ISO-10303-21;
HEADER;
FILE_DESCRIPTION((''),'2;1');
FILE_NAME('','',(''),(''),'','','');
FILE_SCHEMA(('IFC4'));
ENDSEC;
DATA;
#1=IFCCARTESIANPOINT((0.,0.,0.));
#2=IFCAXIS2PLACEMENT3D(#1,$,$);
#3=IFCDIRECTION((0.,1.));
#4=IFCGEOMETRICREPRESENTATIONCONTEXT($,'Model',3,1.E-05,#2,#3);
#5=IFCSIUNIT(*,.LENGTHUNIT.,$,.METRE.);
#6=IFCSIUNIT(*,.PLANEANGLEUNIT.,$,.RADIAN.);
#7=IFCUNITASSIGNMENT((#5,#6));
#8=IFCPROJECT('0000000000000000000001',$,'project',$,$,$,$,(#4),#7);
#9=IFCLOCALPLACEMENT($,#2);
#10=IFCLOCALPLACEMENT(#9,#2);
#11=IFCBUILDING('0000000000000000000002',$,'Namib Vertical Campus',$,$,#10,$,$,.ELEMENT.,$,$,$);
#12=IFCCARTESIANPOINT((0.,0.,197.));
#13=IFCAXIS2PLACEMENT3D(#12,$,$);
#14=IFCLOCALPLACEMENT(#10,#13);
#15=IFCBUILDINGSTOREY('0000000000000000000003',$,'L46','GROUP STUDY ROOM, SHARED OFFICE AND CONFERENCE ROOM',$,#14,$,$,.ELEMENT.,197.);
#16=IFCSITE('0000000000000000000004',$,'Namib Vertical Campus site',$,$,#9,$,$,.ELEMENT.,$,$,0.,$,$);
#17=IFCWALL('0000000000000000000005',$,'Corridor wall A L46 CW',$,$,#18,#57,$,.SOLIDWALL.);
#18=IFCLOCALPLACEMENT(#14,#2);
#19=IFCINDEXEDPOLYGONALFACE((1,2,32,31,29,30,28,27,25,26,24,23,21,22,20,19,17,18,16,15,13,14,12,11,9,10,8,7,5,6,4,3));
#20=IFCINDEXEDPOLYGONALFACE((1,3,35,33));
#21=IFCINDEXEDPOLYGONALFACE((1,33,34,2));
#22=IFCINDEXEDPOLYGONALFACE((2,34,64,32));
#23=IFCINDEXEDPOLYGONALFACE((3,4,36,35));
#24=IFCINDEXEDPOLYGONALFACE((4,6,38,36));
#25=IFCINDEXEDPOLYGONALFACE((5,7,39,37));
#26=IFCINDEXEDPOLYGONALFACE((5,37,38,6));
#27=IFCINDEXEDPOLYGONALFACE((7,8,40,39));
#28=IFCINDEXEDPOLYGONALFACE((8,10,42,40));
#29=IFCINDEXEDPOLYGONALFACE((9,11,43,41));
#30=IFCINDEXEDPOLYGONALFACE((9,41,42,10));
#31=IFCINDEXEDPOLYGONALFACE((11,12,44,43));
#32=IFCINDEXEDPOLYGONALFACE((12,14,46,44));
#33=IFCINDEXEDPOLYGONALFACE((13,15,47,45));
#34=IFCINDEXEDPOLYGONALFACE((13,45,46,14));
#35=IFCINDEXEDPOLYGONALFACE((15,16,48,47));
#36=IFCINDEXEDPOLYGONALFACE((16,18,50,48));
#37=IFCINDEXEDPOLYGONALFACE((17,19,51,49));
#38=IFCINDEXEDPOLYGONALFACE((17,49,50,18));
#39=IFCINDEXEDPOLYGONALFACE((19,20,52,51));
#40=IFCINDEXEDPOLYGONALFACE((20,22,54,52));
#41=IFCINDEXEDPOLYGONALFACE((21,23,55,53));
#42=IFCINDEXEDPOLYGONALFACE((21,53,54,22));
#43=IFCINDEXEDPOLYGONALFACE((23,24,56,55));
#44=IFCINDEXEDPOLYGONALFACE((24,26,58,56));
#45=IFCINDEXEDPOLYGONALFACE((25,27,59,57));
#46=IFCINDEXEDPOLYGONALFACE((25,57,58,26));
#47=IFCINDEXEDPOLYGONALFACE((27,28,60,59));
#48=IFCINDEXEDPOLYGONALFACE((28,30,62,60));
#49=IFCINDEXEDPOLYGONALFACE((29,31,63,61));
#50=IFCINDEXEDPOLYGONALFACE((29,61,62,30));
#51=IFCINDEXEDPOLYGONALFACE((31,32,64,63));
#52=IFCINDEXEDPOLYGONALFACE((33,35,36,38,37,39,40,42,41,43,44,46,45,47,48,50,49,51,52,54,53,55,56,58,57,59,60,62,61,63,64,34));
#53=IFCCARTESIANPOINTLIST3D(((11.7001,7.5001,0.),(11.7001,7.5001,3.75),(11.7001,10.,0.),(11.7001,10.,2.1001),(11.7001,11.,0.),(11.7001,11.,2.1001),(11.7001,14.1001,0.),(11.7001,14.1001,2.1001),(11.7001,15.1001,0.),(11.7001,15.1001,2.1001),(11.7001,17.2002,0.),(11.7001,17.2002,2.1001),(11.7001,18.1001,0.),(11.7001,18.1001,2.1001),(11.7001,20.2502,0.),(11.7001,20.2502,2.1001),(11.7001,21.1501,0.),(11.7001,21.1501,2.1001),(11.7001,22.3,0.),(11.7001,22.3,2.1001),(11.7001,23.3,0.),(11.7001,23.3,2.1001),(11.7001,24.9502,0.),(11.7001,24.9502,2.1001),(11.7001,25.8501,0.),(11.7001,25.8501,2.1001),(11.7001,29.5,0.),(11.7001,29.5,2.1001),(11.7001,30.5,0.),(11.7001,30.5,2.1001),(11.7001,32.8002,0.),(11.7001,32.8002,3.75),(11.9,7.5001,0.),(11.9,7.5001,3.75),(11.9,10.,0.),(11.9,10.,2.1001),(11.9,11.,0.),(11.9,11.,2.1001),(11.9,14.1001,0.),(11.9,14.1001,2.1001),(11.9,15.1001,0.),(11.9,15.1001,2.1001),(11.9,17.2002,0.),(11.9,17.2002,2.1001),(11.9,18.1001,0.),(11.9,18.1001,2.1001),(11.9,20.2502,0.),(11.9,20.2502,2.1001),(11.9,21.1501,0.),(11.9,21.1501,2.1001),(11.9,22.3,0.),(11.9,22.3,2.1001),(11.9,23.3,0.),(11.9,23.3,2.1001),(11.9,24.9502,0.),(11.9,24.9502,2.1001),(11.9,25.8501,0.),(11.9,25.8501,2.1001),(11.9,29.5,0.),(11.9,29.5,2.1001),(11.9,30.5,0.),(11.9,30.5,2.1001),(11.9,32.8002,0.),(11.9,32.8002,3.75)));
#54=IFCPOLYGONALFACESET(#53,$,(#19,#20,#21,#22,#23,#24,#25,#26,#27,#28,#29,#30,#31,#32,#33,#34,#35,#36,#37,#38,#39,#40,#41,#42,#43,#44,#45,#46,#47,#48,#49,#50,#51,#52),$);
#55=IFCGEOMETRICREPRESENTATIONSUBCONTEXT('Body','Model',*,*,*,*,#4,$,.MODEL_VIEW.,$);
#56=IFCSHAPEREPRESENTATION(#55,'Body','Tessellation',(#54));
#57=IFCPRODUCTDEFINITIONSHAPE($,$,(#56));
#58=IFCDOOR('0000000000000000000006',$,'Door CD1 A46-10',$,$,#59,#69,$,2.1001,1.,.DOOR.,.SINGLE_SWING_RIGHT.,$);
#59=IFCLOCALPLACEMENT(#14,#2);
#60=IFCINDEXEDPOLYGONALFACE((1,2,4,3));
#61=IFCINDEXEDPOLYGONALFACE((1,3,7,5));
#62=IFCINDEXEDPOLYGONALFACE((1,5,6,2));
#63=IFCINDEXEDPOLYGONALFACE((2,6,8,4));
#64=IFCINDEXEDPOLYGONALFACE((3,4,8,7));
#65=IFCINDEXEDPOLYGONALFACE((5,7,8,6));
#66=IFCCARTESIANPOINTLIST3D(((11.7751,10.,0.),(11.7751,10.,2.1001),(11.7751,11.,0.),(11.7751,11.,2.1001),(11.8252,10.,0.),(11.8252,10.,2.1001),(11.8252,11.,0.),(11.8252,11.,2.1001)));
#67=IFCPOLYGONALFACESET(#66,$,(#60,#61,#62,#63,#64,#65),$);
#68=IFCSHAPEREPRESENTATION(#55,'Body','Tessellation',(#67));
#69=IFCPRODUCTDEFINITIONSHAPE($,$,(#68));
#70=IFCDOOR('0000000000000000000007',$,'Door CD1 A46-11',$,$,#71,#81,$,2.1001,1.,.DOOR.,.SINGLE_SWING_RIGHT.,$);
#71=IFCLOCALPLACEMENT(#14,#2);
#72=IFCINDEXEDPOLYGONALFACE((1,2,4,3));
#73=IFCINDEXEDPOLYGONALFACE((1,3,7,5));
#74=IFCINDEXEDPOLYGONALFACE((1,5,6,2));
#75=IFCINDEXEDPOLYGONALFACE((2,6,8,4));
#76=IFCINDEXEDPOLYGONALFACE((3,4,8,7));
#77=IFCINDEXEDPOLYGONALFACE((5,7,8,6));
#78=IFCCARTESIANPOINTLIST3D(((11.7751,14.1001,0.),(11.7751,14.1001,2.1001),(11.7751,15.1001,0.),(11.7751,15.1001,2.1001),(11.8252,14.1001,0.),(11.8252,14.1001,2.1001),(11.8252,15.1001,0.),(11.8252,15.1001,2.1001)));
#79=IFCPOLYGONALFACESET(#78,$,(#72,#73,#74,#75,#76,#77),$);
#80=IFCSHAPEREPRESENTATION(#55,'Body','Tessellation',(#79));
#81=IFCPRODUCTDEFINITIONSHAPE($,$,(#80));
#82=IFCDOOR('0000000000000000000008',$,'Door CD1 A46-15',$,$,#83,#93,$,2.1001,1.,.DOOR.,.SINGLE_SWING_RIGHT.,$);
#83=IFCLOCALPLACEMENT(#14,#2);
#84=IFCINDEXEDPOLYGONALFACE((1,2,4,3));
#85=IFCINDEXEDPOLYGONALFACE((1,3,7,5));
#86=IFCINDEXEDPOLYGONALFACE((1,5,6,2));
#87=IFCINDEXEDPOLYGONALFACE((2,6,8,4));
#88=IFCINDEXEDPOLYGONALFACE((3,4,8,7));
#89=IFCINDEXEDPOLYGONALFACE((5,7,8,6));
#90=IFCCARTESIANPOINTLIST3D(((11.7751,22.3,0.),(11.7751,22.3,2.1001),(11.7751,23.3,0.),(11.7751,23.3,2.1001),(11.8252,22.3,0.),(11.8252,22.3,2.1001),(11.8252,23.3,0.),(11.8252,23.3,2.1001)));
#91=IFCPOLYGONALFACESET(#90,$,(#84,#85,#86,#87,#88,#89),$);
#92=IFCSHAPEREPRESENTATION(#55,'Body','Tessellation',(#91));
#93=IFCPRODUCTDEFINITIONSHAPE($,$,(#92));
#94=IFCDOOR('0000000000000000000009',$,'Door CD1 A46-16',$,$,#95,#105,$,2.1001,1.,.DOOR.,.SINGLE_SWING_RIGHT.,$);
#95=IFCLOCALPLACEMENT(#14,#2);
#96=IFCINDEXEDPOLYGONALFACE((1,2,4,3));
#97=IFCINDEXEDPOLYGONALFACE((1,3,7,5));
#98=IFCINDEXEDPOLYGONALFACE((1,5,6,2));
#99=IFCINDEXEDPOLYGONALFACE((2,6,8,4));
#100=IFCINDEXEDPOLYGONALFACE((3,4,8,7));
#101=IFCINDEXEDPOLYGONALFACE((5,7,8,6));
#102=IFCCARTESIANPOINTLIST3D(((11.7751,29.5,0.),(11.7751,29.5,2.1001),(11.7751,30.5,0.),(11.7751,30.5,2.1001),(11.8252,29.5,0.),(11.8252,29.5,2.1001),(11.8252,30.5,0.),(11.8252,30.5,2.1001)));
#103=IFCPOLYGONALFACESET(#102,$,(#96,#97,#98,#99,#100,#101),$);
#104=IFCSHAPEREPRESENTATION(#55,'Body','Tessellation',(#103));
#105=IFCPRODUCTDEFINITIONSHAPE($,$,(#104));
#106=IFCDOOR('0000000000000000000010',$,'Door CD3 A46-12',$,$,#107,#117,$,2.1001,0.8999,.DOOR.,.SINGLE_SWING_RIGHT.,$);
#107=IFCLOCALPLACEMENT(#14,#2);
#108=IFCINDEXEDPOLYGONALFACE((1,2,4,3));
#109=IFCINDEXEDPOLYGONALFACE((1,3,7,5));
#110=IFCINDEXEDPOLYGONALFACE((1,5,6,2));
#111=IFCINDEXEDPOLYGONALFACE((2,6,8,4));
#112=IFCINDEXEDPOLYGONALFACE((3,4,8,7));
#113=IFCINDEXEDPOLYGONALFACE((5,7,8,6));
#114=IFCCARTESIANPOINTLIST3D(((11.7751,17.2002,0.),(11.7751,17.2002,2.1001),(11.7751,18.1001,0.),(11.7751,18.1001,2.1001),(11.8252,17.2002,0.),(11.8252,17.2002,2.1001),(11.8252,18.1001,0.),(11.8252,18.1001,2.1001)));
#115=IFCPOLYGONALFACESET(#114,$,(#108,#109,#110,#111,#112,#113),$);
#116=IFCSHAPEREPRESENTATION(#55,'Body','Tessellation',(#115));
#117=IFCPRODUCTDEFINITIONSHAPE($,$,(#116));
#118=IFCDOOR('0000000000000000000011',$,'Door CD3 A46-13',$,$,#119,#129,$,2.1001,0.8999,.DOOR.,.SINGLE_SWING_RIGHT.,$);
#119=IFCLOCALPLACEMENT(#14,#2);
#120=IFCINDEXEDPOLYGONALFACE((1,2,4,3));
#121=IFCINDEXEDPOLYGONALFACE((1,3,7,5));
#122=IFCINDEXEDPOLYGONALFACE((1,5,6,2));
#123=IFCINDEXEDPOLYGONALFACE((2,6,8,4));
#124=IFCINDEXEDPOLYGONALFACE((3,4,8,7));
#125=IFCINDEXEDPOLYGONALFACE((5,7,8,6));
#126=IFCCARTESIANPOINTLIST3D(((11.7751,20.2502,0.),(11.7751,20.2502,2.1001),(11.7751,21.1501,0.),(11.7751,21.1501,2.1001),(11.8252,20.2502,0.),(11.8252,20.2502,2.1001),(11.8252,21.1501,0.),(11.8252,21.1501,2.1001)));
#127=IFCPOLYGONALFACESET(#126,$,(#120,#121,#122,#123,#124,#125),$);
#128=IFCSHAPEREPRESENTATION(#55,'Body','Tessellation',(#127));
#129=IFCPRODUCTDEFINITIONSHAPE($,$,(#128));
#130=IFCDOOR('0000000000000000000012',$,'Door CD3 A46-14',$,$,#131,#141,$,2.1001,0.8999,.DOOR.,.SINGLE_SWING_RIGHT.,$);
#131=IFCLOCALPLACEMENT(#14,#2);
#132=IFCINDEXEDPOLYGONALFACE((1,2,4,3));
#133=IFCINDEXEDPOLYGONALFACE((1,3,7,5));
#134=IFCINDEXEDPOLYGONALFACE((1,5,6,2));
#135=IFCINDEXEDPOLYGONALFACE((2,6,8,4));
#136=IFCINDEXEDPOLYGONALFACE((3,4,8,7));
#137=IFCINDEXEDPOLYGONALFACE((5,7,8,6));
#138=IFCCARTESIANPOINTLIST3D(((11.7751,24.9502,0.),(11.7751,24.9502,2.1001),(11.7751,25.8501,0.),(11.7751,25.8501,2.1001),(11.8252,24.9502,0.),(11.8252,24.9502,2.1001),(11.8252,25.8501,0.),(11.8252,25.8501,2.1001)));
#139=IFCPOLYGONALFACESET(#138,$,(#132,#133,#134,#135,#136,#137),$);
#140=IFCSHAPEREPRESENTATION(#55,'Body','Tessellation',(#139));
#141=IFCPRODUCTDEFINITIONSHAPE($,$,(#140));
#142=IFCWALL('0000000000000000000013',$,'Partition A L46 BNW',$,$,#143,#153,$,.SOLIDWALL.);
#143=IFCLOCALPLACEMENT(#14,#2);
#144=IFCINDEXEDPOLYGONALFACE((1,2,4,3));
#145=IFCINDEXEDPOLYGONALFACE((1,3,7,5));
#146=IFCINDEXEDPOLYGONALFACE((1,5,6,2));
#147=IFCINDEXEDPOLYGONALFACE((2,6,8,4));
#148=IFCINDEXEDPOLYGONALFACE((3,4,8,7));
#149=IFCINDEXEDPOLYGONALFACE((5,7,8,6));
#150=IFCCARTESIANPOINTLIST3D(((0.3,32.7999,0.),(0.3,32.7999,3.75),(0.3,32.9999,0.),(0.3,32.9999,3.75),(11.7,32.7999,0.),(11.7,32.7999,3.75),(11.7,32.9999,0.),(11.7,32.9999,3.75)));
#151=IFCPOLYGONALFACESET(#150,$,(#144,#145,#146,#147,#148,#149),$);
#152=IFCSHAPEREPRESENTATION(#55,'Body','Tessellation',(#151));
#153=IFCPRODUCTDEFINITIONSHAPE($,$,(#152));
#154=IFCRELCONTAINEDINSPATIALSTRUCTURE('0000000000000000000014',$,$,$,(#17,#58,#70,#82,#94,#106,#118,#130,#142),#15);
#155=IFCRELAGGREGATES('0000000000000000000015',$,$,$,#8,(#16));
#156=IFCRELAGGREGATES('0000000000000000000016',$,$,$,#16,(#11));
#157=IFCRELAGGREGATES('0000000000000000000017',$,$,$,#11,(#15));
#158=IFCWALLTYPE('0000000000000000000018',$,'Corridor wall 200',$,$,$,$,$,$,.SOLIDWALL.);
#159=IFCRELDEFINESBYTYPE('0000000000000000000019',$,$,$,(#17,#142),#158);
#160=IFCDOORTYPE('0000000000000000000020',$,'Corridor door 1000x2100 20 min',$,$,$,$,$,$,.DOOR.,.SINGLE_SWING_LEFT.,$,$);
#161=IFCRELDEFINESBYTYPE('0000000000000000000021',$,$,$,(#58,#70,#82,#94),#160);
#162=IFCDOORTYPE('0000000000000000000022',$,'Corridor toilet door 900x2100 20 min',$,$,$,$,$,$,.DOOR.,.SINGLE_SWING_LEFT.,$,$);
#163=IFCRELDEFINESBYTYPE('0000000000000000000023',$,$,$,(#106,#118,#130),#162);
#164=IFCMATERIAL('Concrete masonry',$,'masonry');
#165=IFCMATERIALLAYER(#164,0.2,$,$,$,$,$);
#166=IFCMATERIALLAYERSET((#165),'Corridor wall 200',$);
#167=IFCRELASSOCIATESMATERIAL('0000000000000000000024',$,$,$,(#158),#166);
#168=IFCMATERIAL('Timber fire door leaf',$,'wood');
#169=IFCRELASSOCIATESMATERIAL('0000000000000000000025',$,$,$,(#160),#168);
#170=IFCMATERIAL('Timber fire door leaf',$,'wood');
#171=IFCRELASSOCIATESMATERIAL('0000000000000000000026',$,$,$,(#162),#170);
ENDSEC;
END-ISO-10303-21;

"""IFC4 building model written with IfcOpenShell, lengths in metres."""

from ifc_helpers import new_model, si_unit, direction, frame, frame_2d, origin, place, context, subcontext, project, spatial, rectangle, extrude, material, layer, layer_set, type_object, element, fill, save


model = new_model("IFC4")

# Units and contexts
model_context = context("Model", 3, precision=1e-05, world=origin(), true_north=direction((0.0, 1.0)))
body_context = subcontext(model_context, "Body", "Model", "MODEL_VIEW")
ifc_project = project(units=[si_unit("LENGTHUNIT", "METRE"), si_unit("PLANEANGLEUNIT", "RADIAN")], contexts=[model_context])

# Site, building, storey
site_placement = place(None, origin())
site = spatial("IfcSite", under=ifc_project, at=site_placement, Name="Namib Vertical Campus site", CompositionType="ELEMENT", RefElevation=0.0)
building_placement = place(site_placement, origin())
building = spatial("IfcBuilding", under=site, at=building_placement, Name="Namib Vertical Campus", CompositionType="ELEMENT")
storey_placement = place(building_placement, frame((0.0, 0.0, 197.0)))
storey = spatial("IfcBuildingStorey", under=building, at=storey_placement, Name="L46", Description="GROUP STUDY ROOM, SHARED OFFICE AND CONFERENCE ROOM", CompositionType="ELEMENT", Elevation=197.0)

# Wall, openings, doors
ifc_material_1 = material(Name="Concrete masonry", Category="masonry")
ifc_layer_1 = layer(ifc_material_1, 0.2)
ifc_layer_set_1 = layer_set([ifc_layer_1], Name="Corridor wall 200")
wall_type_1 = type_object("IfcWallType", Name="Corridor wall 200", PredefinedType="SOLIDWALL", material=ifc_layer_set_1)
wall_1_placement = place(storey_placement, frame((11.8, 32.8, 0.0), z_axis=(0.0, 0.0, 1.0), x_axis=(0.0, -1.0, 0.0)))
wall_1 = element("IfcWall", 1, at=wall_1_placement, inside=storey, type_object=wall_type_1, Name="Corridor wall A L46 CW", PredefinedType="SOLIDWALL", context=body_context, shape_type="SweptSolid", body=[
    extrude(rectangle(XDim=25.3, YDim=0.2, at=frame_2d((12.6499, 0.0))), origin(), (0.0, 0.0, 1.0), 3.75),
])
opening_1_placement = place(wall_1_placement, frame((21.8, 0.0, 0.0)))
opening_1 = element("IfcOpeningElement", 2, at=opening_1_placement, cuts=wall_1, PredefinedType="OPENING", context=body_context, shape_type="SweptSolid", body=[
    extrude(rectangle(XDim=1.0, YDim=2.1001, at=frame_2d((0.5, 1.05))), frame((0.0, 0.1099, 0.0), z_axis=(0.0, -1.0, 0.0), x_axis=(1.0, 0.0, 0.0)), (0.0, 0.0, 1.0), 0.22),
])
opening_2_placement = place(wall_1_placement, frame((17.7, 0.0, 0.0)))
opening_2 = element("IfcOpeningElement", 3, at=opening_2_placement, cuts=wall_1, PredefinedType="OPENING", context=body_context, shape_type="SweptSolid", body=[
    extrude(rectangle(XDim=1.0, YDim=2.1001, at=frame_2d((0.5, 1.05))), frame((0.0, 0.1099, 0.0), z_axis=(0.0, -1.0, 0.0), x_axis=(1.0, 0.0, 0.0)), (0.0, 0.0, 1.0), 0.22),
])
opening_3_placement = place(wall_1_placement, frame((14.7, 0.0, 0.0)))
opening_3 = element("IfcOpeningElement", 4, at=opening_3_placement, cuts=wall_1, PredefinedType="OPENING", context=body_context, shape_type="SweptSolid", body=[
    extrude(rectangle(XDim=0.8999, YDim=2.1001, at=frame_2d((0.45, 1.05))), frame((0.0, 0.1099, 0.0), z_axis=(0.0, -1.0, 0.0), x_axis=(1.0, 0.0, 0.0)), (0.0, 0.0, 1.0), 0.22),
])
opening_4_placement = place(wall_1_placement, frame((11.6499, 0.0, 0.0)))
opening_4 = element("IfcOpeningElement", 5, at=opening_4_placement, cuts=wall_1, PredefinedType="OPENING", context=body_context, shape_type="SweptSolid", body=[
    extrude(rectangle(XDim=0.8999, YDim=2.1001, at=frame_2d((0.45, 1.05))), frame((0.0, 0.1099, 0.0), z_axis=(0.0, -1.0, 0.0), x_axis=(1.0, 0.0, 0.0)), (0.0, 0.0, 1.0), 0.22),
])
opening_5_placement = place(wall_1_placement, frame((6.95, 0.0, 0.0)))
opening_5 = element("IfcOpeningElement", 6, at=opening_5_placement, cuts=wall_1, PredefinedType="OPENING", context=body_context, shape_type="SweptSolid", body=[
    extrude(rectangle(XDim=0.8999, YDim=2.1001, at=frame_2d((0.45, 1.05))), frame((0.0, 0.1099, 0.0), z_axis=(0.0, -1.0, 0.0), x_axis=(1.0, 0.0, 0.0)), (0.0, 0.0, 1.0), 0.22),
])
opening_6_placement = place(wall_1_placement, frame((9.5, 0.0, 0.0)))
opening_6 = element("IfcOpeningElement", 7, at=opening_6_placement, cuts=wall_1, PredefinedType="OPENING", context=body_context, shape_type="SweptSolid", body=[
    extrude(rectangle(XDim=1.0, YDim=2.1001, at=frame_2d((0.5, 1.05))), frame((0.0, 0.1099, 0.0), z_axis=(0.0, -1.0, 0.0), x_axis=(1.0, 0.0, 0.0)), (0.0, 0.0, 1.0), 0.22),
])
opening_7_placement = place(wall_1_placement, frame((2.3, 0.0, 0.0)))
opening_7 = element("IfcOpeningElement", 8, at=opening_7_placement, cuts=wall_1, PredefinedType="OPENING", context=body_context, shape_type="SweptSolid", body=[
    extrude(rectangle(XDim=1.0, YDim=2.1001, at=frame_2d((0.5, 1.05))), frame((0.0, 0.1099, 0.0), z_axis=(0.0, -1.0, 0.0), x_axis=(1.0, 0.0, 0.0)), (0.0, 0.0, 1.0), 0.22),
])
ifc_material_2 = material(Name="Timber fire door leaf", Category="wood")
door_type_1 = type_object("IfcDoorType", Name="Corridor door 1000x2100 20 min", OperationType="SINGLE_SWING_LEFT", PredefinedType="DOOR", material=ifc_material_2)
door_1_placement = place(opening_1_placement, frame((1.0, 0.0, 0.0), z_axis=(0.0, 0.0, 1.0), x_axis=(-1.0, 0.0, 0.0)))
door_1 = element("IfcDoor", 9, at=door_1_placement, inside=storey, type_object=door_type_1, Name="Door CD1 A46-10", OperationType="SINGLE_SWING_RIGHT", OverallHeight=2.1001, OverallWidth=1.0, PredefinedType="DOOR", context=body_context, shape_type="SweptSolid", body=[
    extrude(rectangle(XDim=1.0, YDim=2.1001, at=frame_2d((0.5, 1.05))), frame((0.0, 0.0249, 0.0), z_axis=(0.0, -1.0, 0.0), x_axis=(1.0, 0.0, 0.0)), (0.0, 0.0, 1.0), 0.05),
])
fill(opening_1, door_1)
door_2_placement = place(opening_2_placement, frame((1.0, 0.0, 0.0), z_axis=(0.0, 0.0, 1.0), x_axis=(-1.0, 0.0, 0.0)))
door_2 = element("IfcDoor", 10, at=door_2_placement, inside=storey, type_object=door_type_1, Name="Door CD1 A46-11", OperationType="SINGLE_SWING_RIGHT", OverallHeight=2.1001, OverallWidth=1.0, PredefinedType="DOOR", context=body_context, shape_type="SweptSolid", body=[
    extrude(rectangle(XDim=1.0, YDim=2.1001, at=frame_2d((0.5, 1.05))), frame((0.0, 0.0249, 0.0), z_axis=(0.0, -1.0, 0.0), x_axis=(1.0, 0.0, 0.0)), (0.0, 0.0, 1.0), 0.05),
])
fill(opening_2, door_2)
door_3_placement = place(opening_6_placement, frame((1.0, 0.0, 0.0), z_axis=(0.0, 0.0, 1.0), x_axis=(-1.0, 0.0, 0.0)))
door_3 = element("IfcDoor", 11, at=door_3_placement, inside=storey, type_object=door_type_1, Name="Door CD1 A46-15", OperationType="SINGLE_SWING_RIGHT", OverallHeight=2.1001, OverallWidth=1.0, PredefinedType="DOOR", context=body_context, shape_type="SweptSolid", body=[
    extrude(rectangle(XDim=1.0, YDim=2.1001, at=frame_2d((0.5, 1.05))), frame((0.0, 0.0249, 0.0), z_axis=(0.0, -1.0, 0.0), x_axis=(1.0, 0.0, 0.0)), (0.0, 0.0, 1.0), 0.05),
])
fill(opening_6, door_3)
door_4_placement = place(opening_7_placement, frame((1.0, 0.0, 0.0), z_axis=(0.0, 0.0, 1.0), x_axis=(-1.0, 0.0, 0.0)))
door_4 = element("IfcDoor", 12, at=door_4_placement, inside=storey, type_object=door_type_1, Name="Door CD1 A46-16", OperationType="SINGLE_SWING_RIGHT", OverallHeight=2.1001, OverallWidth=1.0, PredefinedType="DOOR", context=body_context, shape_type="SweptSolid", body=[
    extrude(rectangle(XDim=1.0, YDim=2.1001, at=frame_2d((0.5, 1.05))), frame((0.0, 0.0249, 0.0), z_axis=(0.0, -1.0, 0.0), x_axis=(1.0, 0.0, 0.0)), (0.0, 0.0, 1.0), 0.05),
])
fill(opening_7, door_4)
ifc_material_3 = material(Name="Timber fire door leaf", Category="wood")
door_type_2 = type_object("IfcDoorType", Name="Corridor toilet door 900x2100 20 min", OperationType="SINGLE_SWING_LEFT", PredefinedType="DOOR", material=ifc_material_3)
door_5_placement = place(opening_3_placement, frame((0.8999, 0.0, 0.0), z_axis=(0.0, 0.0, 1.0), x_axis=(-1.0, 0.0, 0.0)))
door_5 = element("IfcDoor", 13, at=door_5_placement, inside=storey, type_object=door_type_2, Name="Door CD3 A46-12", OperationType="SINGLE_SWING_RIGHT", OverallHeight=2.1001, OverallWidth=0.8999, PredefinedType="DOOR", context=body_context, shape_type="SweptSolid", body=[
    extrude(rectangle(XDim=0.8999, YDim=2.1001, at=frame_2d((0.45, 1.05))), frame((0.0, 0.0249, 0.0), z_axis=(0.0, -1.0, 0.0), x_axis=(1.0, 0.0, 0.0)), (0.0, 0.0, 1.0), 0.05),
])
fill(opening_3, door_5)
door_6_placement = place(opening_4_placement, frame((0.8999, 0.0, 0.0), z_axis=(0.0, 0.0, 1.0), x_axis=(-1.0, 0.0, 0.0)))
door_6 = element("IfcDoor", 14, at=door_6_placement, inside=storey, type_object=door_type_2, Name="Door CD3 A46-13", OperationType="SINGLE_SWING_RIGHT", OverallHeight=2.1001, OverallWidth=0.8999, PredefinedType="DOOR", context=body_context, shape_type="SweptSolid", body=[
    extrude(rectangle(XDim=0.8999, YDim=2.1001, at=frame_2d((0.45, 1.05))), frame((0.0, 0.0249, 0.0), z_axis=(0.0, -1.0, 0.0), x_axis=(1.0, 0.0, 0.0)), (0.0, 0.0, 1.0), 0.05),
])
fill(opening_4, door_6)
door_7_placement = place(opening_5_placement, frame((0.8999, 0.0, 0.0), z_axis=(0.0, 0.0, 1.0), x_axis=(-1.0, 0.0, 0.0)))
door_7 = element("IfcDoor", 15, at=door_7_placement, inside=storey, type_object=door_type_2, Name="Door CD3 A46-14", OperationType="SINGLE_SWING_RIGHT", OverallHeight=2.1001, OverallWidth=0.8999, PredefinedType="DOOR", context=body_context, shape_type="SweptSolid", body=[
    extrude(rectangle(XDim=0.8999, YDim=2.1001, at=frame_2d((0.45, 1.05))), frame((0.0, 0.0249, 0.0), z_axis=(0.0, -1.0, 0.0), x_axis=(1.0, 0.0, 0.0)), (0.0, 0.0, 1.0), 0.05),
])
fill(opening_5, door_7)

# Wall
wall_2_placement = place(storey_placement, frame((0.3, 32.8999, 0.0), z_axis=(0.0, 0.0, 1.0), x_axis=(1.0, 0.0, 0.0)))
element("IfcWall", 16, at=wall_2_placement, inside=storey, type_object=wall_type_1, Name="Partition A L46 BNW", PredefinedType="SOLIDWALL", context=body_context, shape_type="SweptSolid", body=[
    extrude(rectangle(XDim=11.3999, YDim=0.2, at=frame_2d((5.7, 0.0))), origin(), (0.0, 0.0, 1.0), 3.75),
])

save(model, "model.ifc")
